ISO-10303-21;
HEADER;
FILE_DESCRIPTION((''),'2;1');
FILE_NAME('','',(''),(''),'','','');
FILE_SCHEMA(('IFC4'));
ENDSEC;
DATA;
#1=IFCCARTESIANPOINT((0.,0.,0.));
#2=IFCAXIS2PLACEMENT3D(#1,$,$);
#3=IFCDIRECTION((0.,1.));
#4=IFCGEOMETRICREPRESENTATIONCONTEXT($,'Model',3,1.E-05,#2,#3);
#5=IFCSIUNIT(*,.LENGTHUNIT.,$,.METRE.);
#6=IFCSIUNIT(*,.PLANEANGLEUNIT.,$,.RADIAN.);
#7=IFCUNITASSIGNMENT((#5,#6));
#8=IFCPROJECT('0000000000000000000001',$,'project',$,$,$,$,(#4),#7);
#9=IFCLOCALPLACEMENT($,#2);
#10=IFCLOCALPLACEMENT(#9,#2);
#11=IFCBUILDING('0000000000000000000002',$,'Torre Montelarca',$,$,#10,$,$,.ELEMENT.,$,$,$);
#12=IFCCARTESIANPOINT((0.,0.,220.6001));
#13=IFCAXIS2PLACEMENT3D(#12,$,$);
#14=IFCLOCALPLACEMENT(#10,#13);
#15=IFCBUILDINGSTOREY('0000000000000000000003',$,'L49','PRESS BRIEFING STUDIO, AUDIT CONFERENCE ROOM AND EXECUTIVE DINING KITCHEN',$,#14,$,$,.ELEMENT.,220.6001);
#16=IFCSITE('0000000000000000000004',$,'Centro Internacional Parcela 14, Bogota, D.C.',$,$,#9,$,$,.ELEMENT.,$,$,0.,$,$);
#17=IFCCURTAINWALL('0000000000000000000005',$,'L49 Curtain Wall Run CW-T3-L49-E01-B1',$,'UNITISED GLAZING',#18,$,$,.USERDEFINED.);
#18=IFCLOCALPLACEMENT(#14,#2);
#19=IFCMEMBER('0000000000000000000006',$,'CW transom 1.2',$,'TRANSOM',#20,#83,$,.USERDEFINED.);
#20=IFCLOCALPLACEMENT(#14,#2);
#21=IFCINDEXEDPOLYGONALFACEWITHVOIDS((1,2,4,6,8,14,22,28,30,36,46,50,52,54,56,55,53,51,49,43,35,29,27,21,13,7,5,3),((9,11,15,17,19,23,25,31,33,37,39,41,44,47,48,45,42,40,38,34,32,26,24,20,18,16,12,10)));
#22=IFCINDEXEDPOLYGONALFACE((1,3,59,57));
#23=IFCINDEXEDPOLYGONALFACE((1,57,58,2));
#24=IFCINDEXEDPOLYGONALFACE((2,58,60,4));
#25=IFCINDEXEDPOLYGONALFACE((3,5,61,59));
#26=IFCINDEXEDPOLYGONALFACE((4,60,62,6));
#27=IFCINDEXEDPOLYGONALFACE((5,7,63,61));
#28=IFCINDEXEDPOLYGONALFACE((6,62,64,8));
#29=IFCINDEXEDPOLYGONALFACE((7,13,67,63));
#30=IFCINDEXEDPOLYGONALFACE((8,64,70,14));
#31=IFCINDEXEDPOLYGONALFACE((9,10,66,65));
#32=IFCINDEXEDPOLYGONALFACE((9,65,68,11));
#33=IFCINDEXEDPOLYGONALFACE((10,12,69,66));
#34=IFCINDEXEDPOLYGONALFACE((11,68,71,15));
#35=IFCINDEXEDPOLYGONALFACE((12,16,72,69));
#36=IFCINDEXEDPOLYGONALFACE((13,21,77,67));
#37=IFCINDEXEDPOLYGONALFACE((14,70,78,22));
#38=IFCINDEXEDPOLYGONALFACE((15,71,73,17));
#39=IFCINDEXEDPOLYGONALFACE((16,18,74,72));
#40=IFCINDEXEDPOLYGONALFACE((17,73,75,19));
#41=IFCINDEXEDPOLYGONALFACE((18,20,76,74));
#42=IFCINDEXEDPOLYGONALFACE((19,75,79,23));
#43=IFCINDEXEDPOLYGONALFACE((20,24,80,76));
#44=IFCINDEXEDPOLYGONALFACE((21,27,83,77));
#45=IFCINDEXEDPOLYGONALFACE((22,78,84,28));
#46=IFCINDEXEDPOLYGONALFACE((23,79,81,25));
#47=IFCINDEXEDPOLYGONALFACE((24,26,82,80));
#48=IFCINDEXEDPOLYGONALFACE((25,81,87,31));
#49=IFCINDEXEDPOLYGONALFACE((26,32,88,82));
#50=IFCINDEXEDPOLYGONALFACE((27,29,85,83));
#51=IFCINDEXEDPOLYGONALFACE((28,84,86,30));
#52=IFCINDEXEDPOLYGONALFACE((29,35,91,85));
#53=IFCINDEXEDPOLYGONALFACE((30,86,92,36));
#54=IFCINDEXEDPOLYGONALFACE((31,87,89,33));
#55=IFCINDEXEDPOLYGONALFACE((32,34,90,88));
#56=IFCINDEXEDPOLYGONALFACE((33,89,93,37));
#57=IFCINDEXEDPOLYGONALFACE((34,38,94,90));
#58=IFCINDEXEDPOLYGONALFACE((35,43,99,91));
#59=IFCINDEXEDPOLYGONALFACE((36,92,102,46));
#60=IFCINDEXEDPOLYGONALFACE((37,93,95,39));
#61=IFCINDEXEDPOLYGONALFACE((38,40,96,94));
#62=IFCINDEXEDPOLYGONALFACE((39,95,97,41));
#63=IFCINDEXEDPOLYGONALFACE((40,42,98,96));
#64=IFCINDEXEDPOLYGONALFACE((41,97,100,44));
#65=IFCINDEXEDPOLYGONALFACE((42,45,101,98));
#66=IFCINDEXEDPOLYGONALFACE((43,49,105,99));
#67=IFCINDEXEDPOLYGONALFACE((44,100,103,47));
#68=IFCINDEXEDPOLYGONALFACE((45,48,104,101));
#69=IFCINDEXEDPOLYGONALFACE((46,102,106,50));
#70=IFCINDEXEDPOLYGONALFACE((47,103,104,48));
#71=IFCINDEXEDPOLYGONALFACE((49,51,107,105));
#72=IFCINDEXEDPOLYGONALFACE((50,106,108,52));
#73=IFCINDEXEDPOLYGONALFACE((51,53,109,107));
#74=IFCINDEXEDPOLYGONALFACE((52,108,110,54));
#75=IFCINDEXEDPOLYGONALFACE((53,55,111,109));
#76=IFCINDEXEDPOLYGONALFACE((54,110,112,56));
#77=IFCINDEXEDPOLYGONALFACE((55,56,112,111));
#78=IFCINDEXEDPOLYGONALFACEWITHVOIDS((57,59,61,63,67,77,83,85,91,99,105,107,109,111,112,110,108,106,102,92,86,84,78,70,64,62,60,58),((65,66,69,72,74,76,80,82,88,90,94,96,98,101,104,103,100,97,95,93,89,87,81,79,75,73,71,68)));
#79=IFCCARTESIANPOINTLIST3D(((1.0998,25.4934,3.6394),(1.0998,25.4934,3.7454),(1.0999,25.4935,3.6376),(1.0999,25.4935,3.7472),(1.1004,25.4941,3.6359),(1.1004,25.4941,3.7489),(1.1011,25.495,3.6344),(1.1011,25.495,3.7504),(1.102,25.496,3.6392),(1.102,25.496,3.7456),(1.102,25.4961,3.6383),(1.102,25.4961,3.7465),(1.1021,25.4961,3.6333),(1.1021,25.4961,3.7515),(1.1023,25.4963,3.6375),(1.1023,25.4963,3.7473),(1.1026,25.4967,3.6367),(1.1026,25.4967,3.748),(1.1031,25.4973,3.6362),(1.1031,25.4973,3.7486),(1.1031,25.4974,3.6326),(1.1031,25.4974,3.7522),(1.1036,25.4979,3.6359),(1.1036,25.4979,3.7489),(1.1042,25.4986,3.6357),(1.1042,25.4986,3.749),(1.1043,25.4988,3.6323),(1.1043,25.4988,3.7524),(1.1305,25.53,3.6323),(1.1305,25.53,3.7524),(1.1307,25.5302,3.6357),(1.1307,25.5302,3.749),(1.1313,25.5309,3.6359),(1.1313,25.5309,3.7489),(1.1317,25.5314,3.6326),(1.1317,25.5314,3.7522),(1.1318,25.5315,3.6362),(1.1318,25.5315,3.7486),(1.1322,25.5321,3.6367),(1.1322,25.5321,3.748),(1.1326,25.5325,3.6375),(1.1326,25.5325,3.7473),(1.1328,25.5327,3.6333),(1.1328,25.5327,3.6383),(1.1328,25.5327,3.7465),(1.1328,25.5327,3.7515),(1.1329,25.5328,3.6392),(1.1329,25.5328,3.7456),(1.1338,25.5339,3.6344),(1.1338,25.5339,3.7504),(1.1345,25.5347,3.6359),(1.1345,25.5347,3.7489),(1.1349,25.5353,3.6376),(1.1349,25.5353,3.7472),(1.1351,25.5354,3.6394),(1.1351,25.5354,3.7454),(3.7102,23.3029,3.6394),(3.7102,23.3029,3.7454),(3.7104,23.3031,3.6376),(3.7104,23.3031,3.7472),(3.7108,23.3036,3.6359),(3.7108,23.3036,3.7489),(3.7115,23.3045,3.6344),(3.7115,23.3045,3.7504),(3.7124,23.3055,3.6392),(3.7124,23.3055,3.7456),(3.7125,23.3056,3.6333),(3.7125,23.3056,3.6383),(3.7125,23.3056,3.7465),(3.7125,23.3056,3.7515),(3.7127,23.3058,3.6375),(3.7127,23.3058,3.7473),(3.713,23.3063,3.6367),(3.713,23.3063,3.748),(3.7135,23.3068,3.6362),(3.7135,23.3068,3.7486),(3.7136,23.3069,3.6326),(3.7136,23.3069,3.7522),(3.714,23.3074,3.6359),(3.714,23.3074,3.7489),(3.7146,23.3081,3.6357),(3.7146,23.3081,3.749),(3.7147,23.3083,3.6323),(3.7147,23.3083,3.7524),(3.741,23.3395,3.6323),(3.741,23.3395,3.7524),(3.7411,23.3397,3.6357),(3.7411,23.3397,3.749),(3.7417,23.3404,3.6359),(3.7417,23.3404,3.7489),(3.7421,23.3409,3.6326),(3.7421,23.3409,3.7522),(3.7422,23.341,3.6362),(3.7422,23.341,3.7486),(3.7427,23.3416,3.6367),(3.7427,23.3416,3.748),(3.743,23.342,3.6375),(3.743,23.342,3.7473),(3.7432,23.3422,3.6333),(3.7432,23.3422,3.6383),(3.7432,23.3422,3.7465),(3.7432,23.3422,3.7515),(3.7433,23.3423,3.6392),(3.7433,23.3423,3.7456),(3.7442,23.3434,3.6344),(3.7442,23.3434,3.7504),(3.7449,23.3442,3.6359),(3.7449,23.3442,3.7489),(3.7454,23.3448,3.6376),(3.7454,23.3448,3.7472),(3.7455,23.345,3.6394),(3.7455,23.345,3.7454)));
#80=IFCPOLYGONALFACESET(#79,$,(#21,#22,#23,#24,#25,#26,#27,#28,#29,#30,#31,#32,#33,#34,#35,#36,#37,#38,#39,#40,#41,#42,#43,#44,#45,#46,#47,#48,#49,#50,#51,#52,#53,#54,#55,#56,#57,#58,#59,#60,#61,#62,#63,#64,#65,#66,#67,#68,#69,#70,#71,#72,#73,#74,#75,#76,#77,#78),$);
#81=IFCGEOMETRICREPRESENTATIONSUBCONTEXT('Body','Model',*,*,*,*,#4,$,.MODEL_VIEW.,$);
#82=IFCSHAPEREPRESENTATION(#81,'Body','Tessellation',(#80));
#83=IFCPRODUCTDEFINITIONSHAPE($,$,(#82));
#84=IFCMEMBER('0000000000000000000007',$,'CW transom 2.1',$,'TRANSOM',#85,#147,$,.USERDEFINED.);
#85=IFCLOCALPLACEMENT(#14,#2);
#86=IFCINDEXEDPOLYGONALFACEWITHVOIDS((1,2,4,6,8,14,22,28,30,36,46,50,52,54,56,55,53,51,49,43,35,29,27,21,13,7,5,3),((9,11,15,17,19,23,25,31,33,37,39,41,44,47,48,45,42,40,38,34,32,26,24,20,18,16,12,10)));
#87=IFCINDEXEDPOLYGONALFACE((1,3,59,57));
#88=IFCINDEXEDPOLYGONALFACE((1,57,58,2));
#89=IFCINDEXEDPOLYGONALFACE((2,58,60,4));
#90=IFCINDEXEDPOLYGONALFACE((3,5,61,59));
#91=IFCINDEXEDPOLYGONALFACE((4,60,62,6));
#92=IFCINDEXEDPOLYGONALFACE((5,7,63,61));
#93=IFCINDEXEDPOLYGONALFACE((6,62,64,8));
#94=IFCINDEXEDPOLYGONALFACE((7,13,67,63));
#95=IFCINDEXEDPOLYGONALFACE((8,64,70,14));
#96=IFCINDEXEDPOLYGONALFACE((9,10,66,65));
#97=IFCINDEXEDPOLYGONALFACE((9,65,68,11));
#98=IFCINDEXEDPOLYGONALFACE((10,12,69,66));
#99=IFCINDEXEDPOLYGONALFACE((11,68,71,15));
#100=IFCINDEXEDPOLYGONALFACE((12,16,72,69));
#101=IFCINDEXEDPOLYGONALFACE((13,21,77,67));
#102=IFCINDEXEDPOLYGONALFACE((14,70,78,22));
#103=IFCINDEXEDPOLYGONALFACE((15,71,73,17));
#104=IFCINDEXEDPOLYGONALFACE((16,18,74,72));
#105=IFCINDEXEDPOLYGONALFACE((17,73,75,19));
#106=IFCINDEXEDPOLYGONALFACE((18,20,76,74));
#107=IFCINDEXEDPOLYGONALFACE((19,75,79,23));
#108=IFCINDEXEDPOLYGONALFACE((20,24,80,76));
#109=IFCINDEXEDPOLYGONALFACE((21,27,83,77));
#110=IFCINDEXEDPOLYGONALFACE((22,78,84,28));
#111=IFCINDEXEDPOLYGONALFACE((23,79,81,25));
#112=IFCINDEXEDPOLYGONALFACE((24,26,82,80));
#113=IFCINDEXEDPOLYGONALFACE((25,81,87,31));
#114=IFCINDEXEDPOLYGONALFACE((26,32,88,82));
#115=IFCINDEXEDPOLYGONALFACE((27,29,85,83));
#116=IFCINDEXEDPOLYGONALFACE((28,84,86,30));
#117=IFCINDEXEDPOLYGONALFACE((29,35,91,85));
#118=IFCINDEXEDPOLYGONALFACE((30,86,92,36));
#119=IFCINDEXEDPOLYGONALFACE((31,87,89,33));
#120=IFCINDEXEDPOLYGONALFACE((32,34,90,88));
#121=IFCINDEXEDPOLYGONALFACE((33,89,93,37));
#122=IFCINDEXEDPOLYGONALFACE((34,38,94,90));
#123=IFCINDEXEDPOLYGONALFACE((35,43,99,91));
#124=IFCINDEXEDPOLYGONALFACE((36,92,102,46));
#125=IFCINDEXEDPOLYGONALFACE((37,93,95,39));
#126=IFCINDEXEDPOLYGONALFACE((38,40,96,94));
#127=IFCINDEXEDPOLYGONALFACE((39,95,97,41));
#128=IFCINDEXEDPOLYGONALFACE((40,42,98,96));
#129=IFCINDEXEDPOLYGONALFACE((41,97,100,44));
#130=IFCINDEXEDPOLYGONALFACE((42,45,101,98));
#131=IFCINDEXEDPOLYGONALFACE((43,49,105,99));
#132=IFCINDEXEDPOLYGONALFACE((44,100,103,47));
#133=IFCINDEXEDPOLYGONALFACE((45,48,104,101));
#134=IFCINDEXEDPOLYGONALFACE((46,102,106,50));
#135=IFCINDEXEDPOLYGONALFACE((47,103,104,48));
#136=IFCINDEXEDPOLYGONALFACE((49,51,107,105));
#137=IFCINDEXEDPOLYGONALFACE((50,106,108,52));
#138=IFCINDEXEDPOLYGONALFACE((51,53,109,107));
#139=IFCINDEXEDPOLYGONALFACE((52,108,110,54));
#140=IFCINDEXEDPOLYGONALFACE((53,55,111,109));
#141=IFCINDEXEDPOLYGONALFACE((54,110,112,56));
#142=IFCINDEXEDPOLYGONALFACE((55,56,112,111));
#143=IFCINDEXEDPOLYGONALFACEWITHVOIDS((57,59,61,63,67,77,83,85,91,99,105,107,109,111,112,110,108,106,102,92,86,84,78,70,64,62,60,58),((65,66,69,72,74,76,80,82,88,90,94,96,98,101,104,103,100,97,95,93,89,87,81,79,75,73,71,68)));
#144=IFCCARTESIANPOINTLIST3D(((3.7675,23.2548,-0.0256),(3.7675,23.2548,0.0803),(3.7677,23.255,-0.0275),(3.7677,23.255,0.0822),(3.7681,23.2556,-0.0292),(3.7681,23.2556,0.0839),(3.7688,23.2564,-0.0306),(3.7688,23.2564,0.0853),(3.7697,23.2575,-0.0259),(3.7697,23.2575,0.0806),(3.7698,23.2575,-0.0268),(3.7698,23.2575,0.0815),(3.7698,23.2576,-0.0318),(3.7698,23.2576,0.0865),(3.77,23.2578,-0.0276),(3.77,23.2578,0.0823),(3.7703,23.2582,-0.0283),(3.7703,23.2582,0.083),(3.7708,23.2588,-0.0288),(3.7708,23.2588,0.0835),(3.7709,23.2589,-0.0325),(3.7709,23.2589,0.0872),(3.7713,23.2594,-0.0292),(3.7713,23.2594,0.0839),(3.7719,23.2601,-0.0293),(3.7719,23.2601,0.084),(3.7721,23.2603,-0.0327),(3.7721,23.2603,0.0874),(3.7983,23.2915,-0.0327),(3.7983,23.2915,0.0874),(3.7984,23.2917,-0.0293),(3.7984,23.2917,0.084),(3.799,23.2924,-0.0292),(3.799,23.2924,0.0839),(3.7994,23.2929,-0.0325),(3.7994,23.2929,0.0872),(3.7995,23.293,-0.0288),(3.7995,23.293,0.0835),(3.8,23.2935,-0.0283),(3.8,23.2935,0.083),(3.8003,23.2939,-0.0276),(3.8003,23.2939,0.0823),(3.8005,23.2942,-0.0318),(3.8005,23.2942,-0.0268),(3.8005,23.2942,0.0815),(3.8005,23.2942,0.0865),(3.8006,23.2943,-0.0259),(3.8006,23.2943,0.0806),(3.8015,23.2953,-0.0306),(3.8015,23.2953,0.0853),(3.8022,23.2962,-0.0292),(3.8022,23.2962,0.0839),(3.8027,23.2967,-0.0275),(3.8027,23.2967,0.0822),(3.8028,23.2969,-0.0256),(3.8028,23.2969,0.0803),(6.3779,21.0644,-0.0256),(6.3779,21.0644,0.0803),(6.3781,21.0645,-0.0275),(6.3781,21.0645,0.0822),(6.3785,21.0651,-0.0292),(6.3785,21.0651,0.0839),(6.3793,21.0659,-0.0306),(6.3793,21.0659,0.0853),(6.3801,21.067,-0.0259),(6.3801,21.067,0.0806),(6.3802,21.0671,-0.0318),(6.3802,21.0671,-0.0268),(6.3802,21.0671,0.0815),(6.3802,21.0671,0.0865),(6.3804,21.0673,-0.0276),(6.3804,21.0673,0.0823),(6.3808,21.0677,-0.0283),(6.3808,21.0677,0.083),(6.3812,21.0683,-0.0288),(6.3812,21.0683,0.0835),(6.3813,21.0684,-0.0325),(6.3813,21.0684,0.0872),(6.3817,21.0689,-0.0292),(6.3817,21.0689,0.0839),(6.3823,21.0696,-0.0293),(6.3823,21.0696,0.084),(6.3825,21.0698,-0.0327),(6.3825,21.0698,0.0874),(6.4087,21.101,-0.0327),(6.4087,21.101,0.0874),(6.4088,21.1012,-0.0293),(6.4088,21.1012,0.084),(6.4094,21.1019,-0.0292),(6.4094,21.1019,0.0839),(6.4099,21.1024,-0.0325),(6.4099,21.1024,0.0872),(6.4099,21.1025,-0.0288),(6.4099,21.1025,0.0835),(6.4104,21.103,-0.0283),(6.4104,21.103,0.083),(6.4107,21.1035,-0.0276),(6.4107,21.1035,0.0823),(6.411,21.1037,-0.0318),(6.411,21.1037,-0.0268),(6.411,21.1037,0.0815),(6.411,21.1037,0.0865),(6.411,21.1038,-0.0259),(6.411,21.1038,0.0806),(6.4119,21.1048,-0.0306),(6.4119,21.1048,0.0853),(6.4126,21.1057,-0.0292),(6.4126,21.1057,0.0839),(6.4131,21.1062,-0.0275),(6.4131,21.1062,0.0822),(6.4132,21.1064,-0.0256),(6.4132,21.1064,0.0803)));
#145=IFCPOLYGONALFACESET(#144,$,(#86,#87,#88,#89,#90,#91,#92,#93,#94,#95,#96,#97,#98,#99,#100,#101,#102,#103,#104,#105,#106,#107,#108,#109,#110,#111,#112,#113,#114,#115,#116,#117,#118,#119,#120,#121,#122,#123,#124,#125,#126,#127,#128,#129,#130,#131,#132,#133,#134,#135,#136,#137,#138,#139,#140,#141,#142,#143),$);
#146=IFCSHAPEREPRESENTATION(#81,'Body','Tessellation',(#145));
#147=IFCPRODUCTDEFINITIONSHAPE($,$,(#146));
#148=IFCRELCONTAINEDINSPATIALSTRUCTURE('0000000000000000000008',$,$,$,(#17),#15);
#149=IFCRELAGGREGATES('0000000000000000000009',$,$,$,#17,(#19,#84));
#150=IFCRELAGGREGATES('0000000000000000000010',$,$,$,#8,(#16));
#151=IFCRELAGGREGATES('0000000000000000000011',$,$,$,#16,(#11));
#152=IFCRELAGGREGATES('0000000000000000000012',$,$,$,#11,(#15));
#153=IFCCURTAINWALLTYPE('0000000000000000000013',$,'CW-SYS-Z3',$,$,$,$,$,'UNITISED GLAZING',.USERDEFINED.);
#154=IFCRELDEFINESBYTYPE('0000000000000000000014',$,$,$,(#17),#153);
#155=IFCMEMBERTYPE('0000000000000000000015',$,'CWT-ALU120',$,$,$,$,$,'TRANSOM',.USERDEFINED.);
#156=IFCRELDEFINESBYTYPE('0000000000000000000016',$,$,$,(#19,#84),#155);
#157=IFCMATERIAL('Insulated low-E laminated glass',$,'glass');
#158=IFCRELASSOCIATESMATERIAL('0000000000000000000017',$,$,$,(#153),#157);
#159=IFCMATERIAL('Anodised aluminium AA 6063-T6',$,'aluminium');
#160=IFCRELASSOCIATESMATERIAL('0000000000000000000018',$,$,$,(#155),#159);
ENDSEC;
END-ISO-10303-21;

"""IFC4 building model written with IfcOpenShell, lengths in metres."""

from ifc_helpers import new_model, si_unit, direction, frame, origin, origin_2d, place, context, subcontext, project, spatial, hollow_rectangle, extrude, source, transform, mapped, material, material_profile, profile_set, type_object, element, aggregate, save


model = new_model("IFC4")

# Units and contexts
model_context = context("Model", 3, precision=1e-05, world=origin(), true_north=direction((0.0, 1.0)))
body_context = subcontext(model_context, "Body", "Model", "MODEL_VIEW")
ifc_project = project(units=[si_unit("LENGTHUNIT", "METRE"), si_unit("PLANEANGLEUNIT", "RADIAN")], contexts=[model_context])

# Site, building, storey
site_placement = place(None, origin())
site = spatial("IfcSite", under=ifc_project, at=site_placement, Name="Centro Internacional Parcela 14, Bogota, D.C.", CompositionType="ELEMENT", RefElevation=0.0)
building_placement = place(site_placement, origin())
building = spatial("IfcBuilding", under=site, at=building_placement, Name="Torre Montelarca", CompositionType="ELEMENT")
storey_placement = place(building_placement, frame((0.0, 0.0, 220.6001)))
storey = spatial("IfcBuildingStorey", under=building, at=storey_placement, Name="L49", Description="PRESS BRIEFING STUDIO, AUDIT CONFERENCE ROOM AND EXECUTIVE DINING KITCHEN", CompositionType="ELEMENT", Elevation=220.6001)

# Curtain wall, members
ifc_material_1 = material(Name="Insulated low-E laminated glass", Category="glass")
curtain_wall_type = type_object("IfcCurtainWallType", Name="CW-SYS-Z3", ElementType="UNITISED GLAZING", PredefinedType="USERDEFINED", material=ifc_material_1)
curtain_wall_1_placement = place(storey_placement, origin())
curtain_wall_1 = element("IfcCurtainWall", 1, at=curtain_wall_1_placement, inside=storey, type_object=curtain_wall_type, Name="L49 Curtain Wall Run CW-T3-L49-E01-B1", ObjectType="UNITISED GLAZING", PredefinedType="USERDEFINED")
ifc_material_2 = material(Name="Anodised aluminium AA 6063-T6", Category="aluminium")
ifc_material_profile_1 = material_profile(ifc_material_2, hollow_rectangle(XDim=0.0549, YDim=0.1201, WallThickness=0.0034, InnerFilletRadius=0.0034, OuterFilletRadius=0.0071, at=origin_2d()), Name="ALU55X120X3.5", Category="aluminium")
ifc_profile_set_1 = profile_set([ifc_material_profile_1], Name="Anodised aluminium AA 6063-T6")
member_type_1 = type_object("IfcMemberType", Name="CWT-ALU120", ElementType="TRANSOM", PredefinedType="USERDEFINED", material=ifc_profile_set_1)
shared_shape_1 = source(origin(), body_context, "Body", "SweptSolid", [
    extrude(hollow_rectangle(XDim=0.0549, YDim=0.1201, WallThickness=0.0034, InnerFilletRadius=0.0034, OuterFilletRadius=0.0071, at=origin_2d()), origin(), (0.0, 0.0, 1.0), 3.4077),
])
member_1_placement = place(storey_placement, frame((1.1174, 25.5144, 3.6924), z_axis=(0.766032, -0.642802, 0.0), x_axis=(0.642802, 0.766032, 0.0)))
member_1 = element("IfcMember", 2, at=member_1_placement, type_object=member_type_1, Name="CW transom 1.2", ObjectType="TRANSOM", PredefinedType="USERDEFINED", context=body_context, shape_type="MappedRepresentation", body=[
    mapped(shared_shape_1, transform((0.0, 0.0, 0.0), scale=1.0)),
])
member_2_placement = place(storey_placement, frame((3.7852, 23.2759, 0.0273), z_axis=(0.766032, -0.642802, 0.0), x_axis=(0.642802, 0.766032, 0.0)))
member_2 = element("IfcMember", 3, at=member_2_placement, type_object=member_type_1, Name="CW transom 2.1", ObjectType="TRANSOM", PredefinedType="USERDEFINED", context=body_context, shape_type="MappedRepresentation", body=[
    mapped(shared_shape_1, transform((0.0, 0.0, 0.0), scale=1.0)),
])

aggregate(curtain_wall_1, [member_1, member_2])

save(model, "model.ifc")
